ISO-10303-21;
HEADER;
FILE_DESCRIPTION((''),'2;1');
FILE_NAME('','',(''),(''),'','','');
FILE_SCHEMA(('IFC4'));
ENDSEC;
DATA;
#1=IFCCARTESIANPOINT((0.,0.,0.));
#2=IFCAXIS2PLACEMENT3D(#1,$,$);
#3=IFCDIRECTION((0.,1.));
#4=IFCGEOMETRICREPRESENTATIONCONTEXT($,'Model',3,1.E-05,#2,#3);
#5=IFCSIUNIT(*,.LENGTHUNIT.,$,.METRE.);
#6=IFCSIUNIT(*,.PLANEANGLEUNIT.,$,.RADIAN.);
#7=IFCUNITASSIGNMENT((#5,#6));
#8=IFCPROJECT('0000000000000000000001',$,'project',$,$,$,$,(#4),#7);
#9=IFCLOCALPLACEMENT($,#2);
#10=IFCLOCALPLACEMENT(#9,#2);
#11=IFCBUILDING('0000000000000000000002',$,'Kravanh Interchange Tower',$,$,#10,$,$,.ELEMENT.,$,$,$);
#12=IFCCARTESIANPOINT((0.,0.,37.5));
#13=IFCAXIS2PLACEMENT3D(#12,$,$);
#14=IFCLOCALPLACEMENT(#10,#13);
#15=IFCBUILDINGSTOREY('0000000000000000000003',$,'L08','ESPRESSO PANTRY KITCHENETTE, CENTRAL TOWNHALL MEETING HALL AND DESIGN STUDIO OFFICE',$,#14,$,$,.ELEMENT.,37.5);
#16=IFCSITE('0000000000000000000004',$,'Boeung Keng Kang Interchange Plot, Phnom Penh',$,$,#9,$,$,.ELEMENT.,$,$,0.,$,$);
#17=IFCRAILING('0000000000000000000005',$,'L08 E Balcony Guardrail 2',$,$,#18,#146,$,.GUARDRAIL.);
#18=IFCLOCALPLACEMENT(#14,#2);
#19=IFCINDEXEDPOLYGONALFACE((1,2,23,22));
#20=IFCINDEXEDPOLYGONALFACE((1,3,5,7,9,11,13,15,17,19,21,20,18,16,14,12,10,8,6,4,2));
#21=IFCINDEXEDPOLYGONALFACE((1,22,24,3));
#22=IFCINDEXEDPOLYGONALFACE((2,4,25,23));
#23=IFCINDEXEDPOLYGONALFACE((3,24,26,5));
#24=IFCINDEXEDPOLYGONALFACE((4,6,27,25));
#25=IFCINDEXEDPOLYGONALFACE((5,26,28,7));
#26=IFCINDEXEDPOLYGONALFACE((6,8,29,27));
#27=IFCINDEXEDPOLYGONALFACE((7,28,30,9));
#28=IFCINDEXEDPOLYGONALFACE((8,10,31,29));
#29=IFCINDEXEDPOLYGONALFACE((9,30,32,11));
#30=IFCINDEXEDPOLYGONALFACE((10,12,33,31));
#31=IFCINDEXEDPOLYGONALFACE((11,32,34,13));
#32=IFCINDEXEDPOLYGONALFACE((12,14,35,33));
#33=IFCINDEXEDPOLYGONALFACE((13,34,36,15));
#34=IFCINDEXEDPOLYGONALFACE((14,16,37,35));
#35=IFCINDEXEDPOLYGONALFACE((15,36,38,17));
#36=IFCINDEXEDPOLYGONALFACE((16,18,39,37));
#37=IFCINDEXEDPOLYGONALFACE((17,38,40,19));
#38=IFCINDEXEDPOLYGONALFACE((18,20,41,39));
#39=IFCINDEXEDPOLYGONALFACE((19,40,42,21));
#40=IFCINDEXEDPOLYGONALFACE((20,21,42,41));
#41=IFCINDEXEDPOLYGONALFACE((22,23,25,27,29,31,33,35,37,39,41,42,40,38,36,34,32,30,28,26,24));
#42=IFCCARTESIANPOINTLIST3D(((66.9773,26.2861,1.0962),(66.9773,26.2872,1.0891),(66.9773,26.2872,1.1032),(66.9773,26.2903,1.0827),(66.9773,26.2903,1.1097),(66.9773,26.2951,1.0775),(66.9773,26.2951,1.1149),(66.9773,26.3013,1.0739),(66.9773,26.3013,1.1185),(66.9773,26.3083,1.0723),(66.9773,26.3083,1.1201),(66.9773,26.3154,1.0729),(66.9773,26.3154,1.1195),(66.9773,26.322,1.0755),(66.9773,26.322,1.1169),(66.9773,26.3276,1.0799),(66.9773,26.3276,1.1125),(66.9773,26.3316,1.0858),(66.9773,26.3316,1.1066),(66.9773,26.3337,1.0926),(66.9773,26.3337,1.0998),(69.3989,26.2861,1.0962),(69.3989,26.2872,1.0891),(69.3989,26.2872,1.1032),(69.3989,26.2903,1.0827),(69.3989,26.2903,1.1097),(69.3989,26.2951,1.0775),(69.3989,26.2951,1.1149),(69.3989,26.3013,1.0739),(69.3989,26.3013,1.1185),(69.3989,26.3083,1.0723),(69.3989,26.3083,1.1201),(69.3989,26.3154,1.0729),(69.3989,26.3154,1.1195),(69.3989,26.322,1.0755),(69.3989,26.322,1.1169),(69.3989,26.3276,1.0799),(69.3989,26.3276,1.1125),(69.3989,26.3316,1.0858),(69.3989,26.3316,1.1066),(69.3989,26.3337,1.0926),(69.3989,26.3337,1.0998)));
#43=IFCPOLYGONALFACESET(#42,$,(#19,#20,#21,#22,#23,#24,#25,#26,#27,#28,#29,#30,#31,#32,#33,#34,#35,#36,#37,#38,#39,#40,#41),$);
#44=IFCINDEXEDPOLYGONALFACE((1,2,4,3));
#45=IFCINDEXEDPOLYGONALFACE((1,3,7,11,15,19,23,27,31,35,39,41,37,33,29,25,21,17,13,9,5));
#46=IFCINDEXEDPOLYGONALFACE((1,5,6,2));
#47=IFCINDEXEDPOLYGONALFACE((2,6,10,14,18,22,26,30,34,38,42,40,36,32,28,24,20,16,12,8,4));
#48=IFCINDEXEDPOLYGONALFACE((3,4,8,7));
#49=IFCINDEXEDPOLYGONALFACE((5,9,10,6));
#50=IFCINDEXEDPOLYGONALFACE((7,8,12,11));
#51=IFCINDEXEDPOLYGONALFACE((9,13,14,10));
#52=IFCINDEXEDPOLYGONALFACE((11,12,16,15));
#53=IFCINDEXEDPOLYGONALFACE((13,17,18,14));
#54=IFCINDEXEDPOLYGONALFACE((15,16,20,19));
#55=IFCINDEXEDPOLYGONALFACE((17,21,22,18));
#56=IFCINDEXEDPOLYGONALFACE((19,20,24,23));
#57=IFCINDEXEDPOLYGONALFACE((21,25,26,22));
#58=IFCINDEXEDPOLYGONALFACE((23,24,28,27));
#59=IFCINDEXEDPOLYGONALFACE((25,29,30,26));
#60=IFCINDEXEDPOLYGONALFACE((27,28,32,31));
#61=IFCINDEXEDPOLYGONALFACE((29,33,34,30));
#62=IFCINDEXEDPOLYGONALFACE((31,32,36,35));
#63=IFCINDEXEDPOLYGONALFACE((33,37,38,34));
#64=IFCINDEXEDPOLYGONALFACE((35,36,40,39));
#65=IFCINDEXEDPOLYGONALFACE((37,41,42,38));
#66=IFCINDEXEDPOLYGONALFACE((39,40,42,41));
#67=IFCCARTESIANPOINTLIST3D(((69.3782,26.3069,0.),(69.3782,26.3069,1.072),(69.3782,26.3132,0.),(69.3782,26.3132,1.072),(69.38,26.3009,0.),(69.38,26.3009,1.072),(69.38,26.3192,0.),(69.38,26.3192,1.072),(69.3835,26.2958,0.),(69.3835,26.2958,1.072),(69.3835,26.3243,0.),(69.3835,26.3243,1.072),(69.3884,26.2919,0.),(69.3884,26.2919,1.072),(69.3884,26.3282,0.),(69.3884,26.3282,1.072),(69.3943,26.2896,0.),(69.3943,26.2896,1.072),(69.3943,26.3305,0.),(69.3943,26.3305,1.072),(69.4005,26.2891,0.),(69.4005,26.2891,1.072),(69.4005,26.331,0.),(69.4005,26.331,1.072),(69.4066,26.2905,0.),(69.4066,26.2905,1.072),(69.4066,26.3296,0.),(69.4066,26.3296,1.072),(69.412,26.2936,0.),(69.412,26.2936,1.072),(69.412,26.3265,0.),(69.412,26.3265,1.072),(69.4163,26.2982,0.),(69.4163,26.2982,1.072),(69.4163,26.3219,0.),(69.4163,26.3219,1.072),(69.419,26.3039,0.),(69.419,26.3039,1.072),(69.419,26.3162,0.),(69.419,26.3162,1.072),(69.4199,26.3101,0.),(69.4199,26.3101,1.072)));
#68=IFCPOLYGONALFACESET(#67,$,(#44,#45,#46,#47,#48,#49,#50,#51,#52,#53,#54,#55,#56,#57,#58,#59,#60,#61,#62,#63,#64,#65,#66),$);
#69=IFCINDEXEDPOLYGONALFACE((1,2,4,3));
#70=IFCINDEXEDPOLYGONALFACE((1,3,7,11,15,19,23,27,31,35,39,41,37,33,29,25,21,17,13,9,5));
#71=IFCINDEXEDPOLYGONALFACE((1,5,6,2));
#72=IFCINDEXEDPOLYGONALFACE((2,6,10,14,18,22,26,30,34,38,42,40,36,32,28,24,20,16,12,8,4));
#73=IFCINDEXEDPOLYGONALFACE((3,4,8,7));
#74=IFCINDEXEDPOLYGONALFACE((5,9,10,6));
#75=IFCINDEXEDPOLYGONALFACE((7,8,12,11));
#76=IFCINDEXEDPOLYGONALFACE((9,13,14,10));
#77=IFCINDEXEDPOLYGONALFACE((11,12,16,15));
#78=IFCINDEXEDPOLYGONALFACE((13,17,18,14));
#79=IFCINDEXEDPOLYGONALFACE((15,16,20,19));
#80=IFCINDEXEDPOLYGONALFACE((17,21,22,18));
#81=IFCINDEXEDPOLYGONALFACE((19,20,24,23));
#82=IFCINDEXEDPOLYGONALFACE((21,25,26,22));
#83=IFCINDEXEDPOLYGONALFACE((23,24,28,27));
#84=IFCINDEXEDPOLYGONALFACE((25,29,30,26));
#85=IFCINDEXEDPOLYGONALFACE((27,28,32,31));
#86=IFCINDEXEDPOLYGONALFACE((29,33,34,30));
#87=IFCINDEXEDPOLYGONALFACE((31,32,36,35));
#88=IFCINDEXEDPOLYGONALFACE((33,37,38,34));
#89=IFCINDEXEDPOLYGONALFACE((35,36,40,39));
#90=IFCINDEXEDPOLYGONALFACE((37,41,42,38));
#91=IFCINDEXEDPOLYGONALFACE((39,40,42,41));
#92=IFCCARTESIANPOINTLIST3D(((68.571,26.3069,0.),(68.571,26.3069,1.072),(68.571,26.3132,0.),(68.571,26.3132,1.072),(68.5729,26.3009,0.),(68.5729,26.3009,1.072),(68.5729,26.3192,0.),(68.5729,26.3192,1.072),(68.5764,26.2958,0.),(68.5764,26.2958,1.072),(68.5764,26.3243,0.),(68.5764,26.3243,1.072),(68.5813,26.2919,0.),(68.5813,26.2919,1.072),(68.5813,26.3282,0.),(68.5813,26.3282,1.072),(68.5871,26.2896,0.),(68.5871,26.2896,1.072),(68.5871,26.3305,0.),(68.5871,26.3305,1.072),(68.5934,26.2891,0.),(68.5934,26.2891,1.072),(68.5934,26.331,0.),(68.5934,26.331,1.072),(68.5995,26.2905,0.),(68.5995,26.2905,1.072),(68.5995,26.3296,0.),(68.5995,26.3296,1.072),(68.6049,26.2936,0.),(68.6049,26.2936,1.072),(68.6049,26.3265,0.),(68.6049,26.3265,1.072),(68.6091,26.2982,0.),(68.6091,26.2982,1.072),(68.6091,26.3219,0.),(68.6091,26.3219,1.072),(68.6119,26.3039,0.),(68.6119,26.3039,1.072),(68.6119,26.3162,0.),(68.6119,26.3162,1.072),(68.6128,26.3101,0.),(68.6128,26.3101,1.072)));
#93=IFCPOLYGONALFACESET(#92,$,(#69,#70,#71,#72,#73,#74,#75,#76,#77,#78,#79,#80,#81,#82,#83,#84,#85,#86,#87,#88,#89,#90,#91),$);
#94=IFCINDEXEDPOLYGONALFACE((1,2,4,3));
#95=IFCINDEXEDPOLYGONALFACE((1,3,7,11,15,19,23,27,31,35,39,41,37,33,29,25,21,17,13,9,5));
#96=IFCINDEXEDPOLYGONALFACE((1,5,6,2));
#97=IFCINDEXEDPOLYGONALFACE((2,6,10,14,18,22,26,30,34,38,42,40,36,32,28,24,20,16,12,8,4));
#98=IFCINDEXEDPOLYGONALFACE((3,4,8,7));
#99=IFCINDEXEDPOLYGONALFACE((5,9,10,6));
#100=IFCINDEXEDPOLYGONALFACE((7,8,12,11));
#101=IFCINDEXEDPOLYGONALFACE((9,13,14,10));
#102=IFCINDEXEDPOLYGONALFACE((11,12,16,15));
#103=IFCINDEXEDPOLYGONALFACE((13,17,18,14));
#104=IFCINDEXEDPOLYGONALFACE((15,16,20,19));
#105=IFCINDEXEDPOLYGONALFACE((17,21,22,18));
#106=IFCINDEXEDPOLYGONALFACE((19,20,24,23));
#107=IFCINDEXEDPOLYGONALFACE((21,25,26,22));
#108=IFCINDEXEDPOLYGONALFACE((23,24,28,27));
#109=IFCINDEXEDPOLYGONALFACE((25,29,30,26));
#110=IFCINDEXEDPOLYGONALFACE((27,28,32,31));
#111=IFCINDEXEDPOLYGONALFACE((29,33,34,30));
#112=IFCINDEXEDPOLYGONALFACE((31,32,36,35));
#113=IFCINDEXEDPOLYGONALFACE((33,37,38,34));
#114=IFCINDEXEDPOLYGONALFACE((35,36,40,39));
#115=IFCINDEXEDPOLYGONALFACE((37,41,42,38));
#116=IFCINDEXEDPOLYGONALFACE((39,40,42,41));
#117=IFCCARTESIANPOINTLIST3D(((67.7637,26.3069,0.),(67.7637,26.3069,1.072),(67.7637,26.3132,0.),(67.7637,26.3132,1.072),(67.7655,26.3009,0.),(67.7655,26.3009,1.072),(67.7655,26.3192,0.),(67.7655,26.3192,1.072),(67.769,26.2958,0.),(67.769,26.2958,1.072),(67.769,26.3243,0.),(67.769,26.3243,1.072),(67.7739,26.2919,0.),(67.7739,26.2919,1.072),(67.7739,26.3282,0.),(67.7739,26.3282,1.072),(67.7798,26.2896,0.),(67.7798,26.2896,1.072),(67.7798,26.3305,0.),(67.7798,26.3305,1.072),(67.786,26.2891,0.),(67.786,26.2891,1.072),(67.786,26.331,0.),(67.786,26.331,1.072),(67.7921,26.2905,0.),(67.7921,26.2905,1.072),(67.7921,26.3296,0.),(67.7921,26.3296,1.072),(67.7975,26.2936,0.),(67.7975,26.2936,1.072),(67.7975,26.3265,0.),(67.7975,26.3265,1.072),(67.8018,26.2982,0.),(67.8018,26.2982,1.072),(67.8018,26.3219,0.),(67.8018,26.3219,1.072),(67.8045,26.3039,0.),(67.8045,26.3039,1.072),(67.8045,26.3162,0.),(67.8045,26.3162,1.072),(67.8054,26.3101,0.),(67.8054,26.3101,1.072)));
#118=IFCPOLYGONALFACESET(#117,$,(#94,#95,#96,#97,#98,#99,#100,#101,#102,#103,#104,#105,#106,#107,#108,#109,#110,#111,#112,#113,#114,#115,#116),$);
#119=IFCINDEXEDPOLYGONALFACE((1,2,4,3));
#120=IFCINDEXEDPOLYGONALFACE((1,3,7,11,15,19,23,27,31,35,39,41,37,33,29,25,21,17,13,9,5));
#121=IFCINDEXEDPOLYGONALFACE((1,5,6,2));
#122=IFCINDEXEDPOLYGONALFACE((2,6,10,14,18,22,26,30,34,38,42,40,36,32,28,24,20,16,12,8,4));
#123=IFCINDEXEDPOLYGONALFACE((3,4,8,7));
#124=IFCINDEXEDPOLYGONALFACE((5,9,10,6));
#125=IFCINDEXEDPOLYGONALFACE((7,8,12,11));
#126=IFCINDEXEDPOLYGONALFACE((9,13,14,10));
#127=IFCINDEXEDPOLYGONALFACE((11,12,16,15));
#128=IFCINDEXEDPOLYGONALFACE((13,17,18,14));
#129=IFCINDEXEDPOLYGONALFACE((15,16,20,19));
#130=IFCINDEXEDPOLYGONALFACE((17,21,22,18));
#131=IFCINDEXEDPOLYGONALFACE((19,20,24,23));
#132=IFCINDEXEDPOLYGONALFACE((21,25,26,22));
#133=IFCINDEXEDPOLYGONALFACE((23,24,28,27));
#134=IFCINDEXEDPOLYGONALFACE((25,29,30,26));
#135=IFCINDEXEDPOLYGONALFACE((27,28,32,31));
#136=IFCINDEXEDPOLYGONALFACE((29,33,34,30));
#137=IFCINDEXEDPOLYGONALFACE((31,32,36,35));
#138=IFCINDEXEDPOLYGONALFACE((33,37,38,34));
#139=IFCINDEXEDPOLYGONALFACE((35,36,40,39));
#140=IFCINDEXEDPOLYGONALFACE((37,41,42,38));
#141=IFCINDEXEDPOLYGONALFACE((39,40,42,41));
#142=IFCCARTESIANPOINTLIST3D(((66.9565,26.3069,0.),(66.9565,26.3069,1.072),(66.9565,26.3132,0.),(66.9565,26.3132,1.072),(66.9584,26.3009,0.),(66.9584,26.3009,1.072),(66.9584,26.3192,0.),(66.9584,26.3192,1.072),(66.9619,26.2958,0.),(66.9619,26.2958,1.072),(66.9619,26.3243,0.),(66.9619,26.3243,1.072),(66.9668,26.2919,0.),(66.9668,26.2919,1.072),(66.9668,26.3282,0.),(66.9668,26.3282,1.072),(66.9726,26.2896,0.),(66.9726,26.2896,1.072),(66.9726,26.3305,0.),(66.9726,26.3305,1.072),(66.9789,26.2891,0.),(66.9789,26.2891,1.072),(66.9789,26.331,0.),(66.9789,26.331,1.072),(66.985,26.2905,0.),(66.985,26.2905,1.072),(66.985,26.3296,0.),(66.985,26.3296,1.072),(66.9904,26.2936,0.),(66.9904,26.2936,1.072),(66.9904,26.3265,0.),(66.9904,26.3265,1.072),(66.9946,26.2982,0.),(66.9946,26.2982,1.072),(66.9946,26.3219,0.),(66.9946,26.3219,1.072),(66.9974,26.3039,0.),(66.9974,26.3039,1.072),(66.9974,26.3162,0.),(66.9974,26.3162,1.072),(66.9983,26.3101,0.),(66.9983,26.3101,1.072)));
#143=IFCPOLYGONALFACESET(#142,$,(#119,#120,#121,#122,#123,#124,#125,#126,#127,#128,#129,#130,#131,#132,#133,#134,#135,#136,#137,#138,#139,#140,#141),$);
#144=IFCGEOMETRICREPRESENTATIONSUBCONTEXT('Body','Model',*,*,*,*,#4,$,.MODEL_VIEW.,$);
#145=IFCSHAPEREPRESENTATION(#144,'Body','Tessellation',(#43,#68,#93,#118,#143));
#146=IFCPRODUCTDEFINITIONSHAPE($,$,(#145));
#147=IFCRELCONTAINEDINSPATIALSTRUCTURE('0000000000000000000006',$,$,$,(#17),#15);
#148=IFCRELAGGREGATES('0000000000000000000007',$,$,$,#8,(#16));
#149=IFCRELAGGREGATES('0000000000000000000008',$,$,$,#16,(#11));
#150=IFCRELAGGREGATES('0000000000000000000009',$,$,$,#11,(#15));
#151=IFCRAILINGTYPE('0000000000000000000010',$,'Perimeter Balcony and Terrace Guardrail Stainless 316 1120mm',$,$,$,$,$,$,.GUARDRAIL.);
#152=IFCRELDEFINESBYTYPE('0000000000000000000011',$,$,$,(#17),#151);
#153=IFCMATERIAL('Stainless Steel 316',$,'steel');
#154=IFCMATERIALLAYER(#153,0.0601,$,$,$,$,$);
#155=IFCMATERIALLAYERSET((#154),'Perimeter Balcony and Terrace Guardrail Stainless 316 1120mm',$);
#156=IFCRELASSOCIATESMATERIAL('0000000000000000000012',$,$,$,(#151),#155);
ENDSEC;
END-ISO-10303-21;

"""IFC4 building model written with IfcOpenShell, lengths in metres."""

from ifc_helpers import new_model, si_unit, direction, frame, origin, origin_2d, place, context, subcontext, project, spatial, circle, extrude, material, layer, layer_set, type_object, element, save


model = new_model("IFC4")

# Units and contexts
model_context = context("Model", 3, precision=1e-05, world=origin(), true_north=direction((0.0, 1.0)))
body_context = subcontext(model_context, "Body", "Model", "MODEL_VIEW")
ifc_project = project(units=[si_unit("LENGTHUNIT", "METRE"), si_unit("PLANEANGLEUNIT", "RADIAN")], contexts=[model_context])

# Site, building, storey
site_placement = place(None, origin())
site = spatial("IfcSite", under=ifc_project, at=site_placement, Name="Boeung Keng Kang Interchange Plot, Phnom Penh", CompositionType="ELEMENT", RefElevation=0.0)
building_placement = place(site_placement, origin())
building = spatial("IfcBuilding", under=site, at=building_placement, Name="Kravanh Interchange Tower", CompositionType="ELEMENT")
storey_placement = place(building_placement, frame((0.0, 0.0, 37.5)))
storey = spatial("IfcBuildingStorey", under=building, at=storey_placement, Name="L08", Description="ESPRESSO PANTRY KITCHENETTE, CENTRAL TOWNHALL MEETING HALL AND DESIGN STUDIO OFFICE", CompositionType="ELEMENT", Elevation=37.5)

# Railing
ifc_material_1 = material(Name="Stainless Steel 316", Category="steel")
ifc_layer_1 = layer(ifc_material_1, 0.0601)
ifc_layer_set_1 = layer_set([ifc_layer_1], Name="Perimeter Balcony and Terrace Guardrail Stainless 316 1120mm")
railing_type = type_object("IfcRailingType", Name="Perimeter Balcony and Terrace Guardrail Stainless 316 1120mm", PredefinedType="GUARDRAIL", material=ifc_layer_set_1)
railing_placement = place(storey_placement, frame((69.3989, 26.3101, 0.0)))
element("IfcRailing", 1, at=railing_placement, inside=storey, type_object=railing_type, Name="L08 E Balcony Guardrail 2", PredefinedType="GUARDRAIL", context=body_context, shape_type="SweptSolid", body=[
    extrude(circle(Radius=0.0239, at=origin_2d()), frame((0.0, 0.0, 1.0962), z_axis=(-1.0, 0.0, 0.0), x_axis=(0.0, -1.0, 0.0)), (0.0, 0.0, 1.0), 2.4216),
    extrude(circle(Radius=0.021, at=origin_2d()), origin(), (0.0, 0.0, 1.0), 1.072),
    extrude(circle(Radius=0.021, at=origin_2d()), frame((-0.8071, 0.0, 0.0)), (0.0, 0.0, 1.0), 1.072),
    extrude(circle(Radius=0.021, at=origin_2d()), frame((-1.6145, 0.0, 0.0)), (0.0, 0.0, 1.0), 1.072),
    extrude(circle(Radius=0.021, at=origin_2d()), frame((-2.4216, 0.0, 0.0)), (0.0, 0.0, 1.0), 1.072),
])

save(model, "model.ifc")
